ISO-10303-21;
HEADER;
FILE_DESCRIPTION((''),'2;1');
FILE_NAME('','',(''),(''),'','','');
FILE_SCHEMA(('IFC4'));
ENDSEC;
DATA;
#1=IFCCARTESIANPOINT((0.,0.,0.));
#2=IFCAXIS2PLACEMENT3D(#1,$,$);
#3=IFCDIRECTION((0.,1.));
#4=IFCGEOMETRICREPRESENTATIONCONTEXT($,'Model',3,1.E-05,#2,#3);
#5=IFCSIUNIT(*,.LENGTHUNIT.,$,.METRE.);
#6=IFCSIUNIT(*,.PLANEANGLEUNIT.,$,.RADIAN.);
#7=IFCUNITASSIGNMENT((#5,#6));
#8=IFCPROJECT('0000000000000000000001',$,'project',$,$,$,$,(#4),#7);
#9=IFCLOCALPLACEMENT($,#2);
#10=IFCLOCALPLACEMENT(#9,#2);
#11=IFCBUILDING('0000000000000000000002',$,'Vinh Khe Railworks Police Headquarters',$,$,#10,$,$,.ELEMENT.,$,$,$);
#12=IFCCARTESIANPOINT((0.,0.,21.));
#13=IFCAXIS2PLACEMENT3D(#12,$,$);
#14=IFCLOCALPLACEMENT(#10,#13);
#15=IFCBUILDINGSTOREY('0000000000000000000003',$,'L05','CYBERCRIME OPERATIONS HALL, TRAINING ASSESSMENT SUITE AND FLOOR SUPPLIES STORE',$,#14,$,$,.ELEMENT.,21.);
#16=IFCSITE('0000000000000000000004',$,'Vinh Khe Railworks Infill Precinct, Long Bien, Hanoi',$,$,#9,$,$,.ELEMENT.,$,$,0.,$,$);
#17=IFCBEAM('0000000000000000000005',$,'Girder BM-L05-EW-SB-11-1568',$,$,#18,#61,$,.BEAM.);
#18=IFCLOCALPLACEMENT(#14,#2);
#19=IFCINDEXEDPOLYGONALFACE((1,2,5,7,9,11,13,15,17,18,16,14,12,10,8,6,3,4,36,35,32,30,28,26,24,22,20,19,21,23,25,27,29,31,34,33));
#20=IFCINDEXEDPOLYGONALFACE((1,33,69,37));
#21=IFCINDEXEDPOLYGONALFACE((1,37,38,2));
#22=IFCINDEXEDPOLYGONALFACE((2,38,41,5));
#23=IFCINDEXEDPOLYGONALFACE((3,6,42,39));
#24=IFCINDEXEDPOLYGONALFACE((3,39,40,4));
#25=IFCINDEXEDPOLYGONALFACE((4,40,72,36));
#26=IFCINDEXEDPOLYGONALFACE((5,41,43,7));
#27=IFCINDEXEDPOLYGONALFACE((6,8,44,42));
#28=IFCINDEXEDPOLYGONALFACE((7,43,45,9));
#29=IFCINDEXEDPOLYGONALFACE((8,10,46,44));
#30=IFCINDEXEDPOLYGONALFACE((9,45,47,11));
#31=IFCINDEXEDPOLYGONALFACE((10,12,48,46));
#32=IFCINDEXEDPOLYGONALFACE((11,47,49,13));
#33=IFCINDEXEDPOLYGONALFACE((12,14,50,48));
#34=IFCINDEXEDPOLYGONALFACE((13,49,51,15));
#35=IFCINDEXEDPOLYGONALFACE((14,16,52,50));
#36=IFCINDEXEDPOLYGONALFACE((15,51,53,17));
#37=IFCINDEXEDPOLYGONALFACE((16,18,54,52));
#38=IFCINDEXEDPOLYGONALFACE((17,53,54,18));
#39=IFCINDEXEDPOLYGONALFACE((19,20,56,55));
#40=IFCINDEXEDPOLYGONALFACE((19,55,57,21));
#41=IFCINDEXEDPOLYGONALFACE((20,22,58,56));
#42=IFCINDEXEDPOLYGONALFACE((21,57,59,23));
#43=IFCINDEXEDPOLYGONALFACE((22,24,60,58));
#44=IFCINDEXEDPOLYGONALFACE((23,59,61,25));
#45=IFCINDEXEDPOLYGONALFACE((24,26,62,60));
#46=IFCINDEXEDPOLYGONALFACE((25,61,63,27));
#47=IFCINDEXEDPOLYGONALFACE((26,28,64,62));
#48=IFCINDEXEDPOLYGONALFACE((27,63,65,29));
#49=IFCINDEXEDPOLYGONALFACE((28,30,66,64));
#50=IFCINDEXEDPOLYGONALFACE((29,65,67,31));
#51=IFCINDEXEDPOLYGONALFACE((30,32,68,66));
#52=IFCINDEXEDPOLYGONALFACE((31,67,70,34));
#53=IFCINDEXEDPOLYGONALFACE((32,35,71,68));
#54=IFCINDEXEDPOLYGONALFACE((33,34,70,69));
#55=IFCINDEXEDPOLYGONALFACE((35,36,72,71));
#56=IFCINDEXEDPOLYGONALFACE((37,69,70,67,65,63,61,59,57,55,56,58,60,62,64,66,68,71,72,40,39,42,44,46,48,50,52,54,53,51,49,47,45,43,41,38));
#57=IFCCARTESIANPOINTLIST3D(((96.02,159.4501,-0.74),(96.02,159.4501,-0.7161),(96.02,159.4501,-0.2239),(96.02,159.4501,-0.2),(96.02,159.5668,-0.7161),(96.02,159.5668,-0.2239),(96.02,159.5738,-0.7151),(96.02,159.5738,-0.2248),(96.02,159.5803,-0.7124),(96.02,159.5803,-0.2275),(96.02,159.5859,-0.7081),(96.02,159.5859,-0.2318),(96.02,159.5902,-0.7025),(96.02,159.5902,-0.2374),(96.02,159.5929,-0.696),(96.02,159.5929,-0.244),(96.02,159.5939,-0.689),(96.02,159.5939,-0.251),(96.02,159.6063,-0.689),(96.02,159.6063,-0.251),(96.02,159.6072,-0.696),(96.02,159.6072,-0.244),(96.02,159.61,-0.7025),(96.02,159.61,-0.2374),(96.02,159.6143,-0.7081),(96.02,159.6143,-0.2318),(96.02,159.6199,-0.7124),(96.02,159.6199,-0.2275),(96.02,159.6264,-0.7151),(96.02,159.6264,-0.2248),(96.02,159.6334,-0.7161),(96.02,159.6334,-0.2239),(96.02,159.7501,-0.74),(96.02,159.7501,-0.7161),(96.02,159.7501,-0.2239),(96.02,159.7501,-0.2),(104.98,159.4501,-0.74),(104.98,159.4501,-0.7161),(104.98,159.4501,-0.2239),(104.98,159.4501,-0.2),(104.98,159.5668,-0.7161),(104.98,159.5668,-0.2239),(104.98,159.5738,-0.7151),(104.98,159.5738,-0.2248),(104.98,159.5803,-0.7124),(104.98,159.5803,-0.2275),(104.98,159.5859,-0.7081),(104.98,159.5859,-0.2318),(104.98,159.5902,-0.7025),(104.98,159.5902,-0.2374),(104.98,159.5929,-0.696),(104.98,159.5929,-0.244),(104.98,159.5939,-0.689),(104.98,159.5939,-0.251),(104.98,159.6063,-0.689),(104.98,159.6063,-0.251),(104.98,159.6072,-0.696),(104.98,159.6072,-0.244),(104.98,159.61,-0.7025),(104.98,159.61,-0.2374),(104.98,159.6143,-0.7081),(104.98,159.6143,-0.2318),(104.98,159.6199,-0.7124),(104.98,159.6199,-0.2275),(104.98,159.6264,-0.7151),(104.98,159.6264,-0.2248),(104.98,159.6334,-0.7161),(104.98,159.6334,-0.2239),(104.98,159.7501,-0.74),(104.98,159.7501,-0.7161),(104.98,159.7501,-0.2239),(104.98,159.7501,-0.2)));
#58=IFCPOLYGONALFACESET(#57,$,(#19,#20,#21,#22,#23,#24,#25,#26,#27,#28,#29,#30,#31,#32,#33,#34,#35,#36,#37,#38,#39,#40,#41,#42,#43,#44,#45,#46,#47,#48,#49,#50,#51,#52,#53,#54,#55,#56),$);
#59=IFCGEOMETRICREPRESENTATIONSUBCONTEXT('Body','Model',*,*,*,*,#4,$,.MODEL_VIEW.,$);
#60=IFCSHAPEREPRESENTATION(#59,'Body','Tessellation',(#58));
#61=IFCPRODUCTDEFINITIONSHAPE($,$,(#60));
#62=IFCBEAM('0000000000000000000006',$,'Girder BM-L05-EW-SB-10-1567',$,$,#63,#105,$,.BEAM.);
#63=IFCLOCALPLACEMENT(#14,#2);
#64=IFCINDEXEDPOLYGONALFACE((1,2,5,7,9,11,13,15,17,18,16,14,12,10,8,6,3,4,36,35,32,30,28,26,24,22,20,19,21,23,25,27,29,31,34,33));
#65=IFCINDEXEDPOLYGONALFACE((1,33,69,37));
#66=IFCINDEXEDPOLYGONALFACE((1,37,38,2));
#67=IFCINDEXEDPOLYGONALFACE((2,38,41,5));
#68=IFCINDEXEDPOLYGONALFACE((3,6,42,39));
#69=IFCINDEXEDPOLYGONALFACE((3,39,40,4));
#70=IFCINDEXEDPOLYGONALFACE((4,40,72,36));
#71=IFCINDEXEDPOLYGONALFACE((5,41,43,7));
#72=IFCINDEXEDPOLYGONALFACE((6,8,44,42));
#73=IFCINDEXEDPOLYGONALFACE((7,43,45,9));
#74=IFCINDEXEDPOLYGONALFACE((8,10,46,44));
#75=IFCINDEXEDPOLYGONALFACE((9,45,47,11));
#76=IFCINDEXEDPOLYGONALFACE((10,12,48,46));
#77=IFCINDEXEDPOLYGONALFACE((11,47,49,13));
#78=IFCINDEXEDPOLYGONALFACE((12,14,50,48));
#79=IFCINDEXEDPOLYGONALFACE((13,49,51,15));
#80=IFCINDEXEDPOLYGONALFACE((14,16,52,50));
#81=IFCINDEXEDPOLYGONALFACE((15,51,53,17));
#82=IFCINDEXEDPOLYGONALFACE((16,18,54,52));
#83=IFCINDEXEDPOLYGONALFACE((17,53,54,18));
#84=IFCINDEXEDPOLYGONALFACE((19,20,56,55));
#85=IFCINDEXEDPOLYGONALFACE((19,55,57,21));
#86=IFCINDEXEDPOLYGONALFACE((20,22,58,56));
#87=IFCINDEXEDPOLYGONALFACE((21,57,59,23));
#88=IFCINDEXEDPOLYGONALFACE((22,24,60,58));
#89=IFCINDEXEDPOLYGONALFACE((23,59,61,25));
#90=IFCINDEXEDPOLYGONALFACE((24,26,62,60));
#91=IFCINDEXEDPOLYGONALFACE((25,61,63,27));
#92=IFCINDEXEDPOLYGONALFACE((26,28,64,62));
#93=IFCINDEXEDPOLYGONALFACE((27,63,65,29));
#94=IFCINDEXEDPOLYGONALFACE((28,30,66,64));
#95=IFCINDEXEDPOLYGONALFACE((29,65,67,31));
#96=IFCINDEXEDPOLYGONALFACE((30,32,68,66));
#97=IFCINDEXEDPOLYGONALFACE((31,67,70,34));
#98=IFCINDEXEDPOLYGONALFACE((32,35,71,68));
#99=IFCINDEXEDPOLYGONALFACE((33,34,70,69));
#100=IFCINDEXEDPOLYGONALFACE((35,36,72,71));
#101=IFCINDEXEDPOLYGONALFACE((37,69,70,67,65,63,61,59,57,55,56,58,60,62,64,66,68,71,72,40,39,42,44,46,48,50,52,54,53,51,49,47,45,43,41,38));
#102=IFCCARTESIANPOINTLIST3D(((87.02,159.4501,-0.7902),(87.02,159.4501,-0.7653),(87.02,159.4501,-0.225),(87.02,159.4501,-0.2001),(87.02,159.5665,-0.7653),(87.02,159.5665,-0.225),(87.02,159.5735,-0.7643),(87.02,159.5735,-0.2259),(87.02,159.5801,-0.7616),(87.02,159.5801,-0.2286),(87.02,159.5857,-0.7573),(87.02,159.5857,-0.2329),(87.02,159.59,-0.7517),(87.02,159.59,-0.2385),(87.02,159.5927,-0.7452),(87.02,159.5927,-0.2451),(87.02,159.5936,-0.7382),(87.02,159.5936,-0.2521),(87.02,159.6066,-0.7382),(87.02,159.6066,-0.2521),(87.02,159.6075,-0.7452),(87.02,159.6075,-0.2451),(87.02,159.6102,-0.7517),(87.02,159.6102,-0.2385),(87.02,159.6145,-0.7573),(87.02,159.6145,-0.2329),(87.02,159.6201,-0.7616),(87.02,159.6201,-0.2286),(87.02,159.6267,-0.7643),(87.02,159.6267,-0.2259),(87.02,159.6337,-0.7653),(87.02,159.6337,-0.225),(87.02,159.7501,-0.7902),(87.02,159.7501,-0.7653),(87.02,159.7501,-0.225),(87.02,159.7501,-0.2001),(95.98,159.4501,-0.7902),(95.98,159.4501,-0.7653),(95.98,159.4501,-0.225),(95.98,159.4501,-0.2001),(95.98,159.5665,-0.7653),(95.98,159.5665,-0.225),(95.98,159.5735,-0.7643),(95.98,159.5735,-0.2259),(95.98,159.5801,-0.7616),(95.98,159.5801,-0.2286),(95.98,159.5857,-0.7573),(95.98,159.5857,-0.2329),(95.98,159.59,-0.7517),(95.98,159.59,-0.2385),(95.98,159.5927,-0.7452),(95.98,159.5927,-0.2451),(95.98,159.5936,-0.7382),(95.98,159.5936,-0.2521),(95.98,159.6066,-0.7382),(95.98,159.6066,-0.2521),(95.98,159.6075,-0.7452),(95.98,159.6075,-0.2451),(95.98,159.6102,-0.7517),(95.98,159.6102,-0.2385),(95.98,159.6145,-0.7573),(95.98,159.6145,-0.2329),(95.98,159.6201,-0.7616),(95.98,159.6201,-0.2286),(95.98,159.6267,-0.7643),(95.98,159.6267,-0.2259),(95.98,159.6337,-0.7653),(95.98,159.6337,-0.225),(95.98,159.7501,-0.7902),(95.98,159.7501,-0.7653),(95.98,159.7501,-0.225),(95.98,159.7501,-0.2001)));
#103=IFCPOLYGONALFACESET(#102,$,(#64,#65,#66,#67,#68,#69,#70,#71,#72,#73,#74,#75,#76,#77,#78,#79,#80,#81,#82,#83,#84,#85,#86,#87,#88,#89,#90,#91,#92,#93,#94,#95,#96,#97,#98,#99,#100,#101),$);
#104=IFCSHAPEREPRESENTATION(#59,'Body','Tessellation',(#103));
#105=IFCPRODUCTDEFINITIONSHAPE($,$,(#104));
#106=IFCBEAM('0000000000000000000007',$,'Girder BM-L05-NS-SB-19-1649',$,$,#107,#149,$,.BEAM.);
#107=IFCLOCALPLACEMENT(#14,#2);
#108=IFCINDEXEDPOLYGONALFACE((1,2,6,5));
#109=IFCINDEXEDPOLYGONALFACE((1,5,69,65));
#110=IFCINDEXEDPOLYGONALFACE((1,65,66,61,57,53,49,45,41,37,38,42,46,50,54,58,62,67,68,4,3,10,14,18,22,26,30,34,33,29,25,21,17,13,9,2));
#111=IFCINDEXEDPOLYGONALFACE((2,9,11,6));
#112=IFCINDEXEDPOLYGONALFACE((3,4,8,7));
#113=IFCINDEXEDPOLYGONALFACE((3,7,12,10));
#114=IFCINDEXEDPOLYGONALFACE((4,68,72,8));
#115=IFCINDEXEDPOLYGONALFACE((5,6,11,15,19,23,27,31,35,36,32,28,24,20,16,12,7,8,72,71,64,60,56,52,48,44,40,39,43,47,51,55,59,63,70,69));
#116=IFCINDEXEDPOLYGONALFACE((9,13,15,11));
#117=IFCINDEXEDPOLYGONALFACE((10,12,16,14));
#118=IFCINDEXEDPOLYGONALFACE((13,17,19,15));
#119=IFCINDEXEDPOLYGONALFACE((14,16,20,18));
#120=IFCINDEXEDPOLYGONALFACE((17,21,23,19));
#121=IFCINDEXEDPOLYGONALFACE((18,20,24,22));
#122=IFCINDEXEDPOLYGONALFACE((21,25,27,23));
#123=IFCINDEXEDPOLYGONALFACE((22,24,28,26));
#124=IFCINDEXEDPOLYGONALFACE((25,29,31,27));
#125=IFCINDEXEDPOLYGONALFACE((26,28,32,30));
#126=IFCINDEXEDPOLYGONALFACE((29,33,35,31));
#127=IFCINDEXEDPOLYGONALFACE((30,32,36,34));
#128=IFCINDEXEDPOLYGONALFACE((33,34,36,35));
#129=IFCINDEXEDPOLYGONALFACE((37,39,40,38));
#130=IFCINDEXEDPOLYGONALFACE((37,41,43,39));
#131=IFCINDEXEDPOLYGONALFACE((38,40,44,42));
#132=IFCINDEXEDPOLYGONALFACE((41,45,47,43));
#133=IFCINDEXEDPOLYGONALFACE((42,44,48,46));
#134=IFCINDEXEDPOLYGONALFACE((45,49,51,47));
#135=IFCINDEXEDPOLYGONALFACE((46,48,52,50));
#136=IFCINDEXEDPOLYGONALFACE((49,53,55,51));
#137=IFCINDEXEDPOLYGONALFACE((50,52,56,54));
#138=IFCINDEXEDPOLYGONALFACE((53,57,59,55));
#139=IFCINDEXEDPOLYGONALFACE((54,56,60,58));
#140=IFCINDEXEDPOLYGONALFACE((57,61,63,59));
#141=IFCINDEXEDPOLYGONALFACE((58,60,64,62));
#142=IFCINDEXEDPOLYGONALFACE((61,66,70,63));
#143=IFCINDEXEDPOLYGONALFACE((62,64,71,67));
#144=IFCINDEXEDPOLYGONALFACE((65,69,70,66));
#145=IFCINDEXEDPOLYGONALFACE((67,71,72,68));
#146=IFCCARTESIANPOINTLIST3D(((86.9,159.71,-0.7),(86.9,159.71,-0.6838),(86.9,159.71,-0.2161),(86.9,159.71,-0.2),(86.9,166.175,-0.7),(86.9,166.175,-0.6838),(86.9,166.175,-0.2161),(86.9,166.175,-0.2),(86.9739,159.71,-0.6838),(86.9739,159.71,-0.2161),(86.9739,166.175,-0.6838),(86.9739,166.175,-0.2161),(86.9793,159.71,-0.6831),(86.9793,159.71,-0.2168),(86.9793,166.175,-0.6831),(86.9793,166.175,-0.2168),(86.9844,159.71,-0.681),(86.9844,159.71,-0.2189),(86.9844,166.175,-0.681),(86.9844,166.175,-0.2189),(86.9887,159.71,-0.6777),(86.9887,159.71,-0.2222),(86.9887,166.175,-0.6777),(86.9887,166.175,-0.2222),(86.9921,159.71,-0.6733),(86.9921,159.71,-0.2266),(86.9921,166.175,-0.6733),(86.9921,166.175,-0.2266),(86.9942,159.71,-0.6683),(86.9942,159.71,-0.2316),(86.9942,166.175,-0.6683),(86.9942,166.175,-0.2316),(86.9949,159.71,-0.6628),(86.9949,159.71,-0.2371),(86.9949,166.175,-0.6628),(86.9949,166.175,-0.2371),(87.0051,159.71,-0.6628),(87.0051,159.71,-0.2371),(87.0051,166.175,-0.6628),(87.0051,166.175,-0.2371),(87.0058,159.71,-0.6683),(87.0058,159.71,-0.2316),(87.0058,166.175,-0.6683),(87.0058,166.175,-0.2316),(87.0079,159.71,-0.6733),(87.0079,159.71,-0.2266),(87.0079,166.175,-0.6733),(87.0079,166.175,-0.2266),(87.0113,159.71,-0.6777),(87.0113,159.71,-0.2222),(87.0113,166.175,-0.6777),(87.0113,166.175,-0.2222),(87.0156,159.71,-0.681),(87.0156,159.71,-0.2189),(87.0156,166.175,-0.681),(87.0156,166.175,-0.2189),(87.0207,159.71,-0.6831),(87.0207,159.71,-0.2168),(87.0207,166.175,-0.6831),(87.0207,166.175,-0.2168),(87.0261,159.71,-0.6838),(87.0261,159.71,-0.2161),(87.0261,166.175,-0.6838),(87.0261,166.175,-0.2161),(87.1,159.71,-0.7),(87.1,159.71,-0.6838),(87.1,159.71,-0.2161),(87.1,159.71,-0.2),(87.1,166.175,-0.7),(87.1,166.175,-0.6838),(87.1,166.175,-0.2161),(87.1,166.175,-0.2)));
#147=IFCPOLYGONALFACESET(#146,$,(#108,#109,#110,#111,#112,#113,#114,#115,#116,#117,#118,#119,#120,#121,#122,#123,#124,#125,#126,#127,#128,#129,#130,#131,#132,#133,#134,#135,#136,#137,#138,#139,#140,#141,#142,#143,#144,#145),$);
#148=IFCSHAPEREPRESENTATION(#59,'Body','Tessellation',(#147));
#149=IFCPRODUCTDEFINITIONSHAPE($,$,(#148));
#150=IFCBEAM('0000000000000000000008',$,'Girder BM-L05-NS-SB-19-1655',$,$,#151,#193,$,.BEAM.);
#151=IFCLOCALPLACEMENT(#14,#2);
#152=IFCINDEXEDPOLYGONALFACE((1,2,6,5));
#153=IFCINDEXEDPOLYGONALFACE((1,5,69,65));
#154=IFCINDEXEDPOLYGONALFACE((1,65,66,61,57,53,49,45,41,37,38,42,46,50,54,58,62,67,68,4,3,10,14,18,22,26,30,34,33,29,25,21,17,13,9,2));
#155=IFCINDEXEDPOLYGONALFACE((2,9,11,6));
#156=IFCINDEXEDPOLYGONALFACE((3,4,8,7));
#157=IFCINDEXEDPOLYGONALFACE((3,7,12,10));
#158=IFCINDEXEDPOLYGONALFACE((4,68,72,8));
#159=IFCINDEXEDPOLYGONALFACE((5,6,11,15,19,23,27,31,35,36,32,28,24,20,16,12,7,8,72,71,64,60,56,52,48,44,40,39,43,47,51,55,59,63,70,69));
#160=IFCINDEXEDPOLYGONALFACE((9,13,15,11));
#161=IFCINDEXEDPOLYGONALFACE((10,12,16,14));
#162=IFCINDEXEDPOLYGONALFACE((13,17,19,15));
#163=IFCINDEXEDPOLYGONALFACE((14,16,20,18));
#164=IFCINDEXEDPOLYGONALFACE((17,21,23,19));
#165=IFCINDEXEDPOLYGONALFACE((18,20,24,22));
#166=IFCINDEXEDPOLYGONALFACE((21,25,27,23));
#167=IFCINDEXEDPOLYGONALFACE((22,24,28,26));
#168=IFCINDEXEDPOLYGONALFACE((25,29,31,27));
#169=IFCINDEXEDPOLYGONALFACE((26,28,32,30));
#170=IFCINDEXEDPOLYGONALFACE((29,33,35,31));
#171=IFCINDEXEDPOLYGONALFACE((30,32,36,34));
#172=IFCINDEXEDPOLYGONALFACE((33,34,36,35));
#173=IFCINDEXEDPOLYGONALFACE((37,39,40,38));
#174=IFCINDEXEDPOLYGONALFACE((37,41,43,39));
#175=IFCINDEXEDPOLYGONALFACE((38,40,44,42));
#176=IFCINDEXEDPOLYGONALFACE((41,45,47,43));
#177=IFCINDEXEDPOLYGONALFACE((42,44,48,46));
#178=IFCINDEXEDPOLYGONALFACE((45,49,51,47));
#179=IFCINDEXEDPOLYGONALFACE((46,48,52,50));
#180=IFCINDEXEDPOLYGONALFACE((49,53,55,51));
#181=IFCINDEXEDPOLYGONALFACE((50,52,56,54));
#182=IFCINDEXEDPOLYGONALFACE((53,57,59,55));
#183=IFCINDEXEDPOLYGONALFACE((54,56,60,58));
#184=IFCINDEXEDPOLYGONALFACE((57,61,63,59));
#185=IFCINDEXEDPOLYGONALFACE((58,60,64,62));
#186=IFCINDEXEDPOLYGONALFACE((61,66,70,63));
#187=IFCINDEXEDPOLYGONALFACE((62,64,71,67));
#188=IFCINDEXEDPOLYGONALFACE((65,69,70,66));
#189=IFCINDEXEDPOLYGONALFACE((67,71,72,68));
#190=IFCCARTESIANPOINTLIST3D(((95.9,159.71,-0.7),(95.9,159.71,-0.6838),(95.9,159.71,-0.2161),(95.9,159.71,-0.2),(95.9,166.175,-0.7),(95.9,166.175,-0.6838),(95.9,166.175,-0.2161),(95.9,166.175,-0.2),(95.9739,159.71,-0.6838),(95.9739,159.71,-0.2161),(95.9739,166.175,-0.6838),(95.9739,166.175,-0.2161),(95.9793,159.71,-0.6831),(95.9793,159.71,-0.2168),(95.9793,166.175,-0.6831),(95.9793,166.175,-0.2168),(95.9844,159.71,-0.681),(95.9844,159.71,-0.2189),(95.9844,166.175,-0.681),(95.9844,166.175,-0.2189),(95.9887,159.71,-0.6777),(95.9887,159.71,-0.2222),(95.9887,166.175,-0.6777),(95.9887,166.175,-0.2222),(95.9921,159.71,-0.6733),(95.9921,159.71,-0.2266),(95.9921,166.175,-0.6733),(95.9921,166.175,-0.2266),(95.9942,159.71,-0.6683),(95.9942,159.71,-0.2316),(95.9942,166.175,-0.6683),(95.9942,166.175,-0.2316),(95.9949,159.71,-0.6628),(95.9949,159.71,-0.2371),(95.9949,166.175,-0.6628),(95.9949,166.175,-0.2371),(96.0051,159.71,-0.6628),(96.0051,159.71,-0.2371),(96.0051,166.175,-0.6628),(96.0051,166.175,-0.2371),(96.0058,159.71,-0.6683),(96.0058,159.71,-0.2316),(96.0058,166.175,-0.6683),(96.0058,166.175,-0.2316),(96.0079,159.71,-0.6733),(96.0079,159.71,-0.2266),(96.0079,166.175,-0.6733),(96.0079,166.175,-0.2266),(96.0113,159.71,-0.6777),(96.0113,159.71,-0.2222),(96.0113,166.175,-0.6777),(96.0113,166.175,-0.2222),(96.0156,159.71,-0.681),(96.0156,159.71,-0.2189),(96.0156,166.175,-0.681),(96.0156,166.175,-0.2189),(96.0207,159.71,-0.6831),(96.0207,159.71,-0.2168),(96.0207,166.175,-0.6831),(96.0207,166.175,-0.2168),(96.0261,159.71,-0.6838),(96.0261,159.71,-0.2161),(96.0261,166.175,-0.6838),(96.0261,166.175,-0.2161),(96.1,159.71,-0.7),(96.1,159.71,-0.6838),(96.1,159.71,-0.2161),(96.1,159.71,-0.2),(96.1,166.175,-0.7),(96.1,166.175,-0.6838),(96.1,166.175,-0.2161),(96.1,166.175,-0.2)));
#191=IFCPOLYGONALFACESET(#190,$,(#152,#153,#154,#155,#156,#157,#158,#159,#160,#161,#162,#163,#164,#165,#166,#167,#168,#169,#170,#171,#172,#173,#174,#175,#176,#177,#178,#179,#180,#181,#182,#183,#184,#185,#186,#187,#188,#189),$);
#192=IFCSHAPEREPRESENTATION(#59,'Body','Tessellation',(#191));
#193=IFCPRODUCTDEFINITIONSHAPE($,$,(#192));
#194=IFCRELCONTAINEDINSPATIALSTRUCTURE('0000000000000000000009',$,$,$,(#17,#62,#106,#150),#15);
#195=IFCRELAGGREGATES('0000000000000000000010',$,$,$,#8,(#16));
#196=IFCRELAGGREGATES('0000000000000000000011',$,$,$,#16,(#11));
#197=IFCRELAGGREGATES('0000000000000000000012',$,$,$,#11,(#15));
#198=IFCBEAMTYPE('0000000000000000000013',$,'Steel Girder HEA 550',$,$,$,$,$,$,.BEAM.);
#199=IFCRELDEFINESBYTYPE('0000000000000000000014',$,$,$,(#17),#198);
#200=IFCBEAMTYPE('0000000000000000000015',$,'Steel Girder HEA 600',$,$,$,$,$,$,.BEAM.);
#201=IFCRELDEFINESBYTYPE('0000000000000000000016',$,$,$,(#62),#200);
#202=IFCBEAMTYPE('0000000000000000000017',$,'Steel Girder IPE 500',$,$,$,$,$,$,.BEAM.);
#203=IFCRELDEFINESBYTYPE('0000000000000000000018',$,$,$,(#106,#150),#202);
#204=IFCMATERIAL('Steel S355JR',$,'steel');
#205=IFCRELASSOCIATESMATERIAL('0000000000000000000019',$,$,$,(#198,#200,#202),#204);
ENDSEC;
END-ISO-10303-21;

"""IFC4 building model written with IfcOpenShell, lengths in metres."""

from ifc_helpers import new_model, si_unit, direction, frame, origin, origin_2d, place, context, subcontext, project, spatial, i_section, extrude, material, material_profile, profile_set, type_object, element, save


model = new_model("IFC4")

# Units and contexts
model_context = context("Model", 3, precision=1e-05, world=origin(), true_north=direction((0.0, 1.0)))
body_context = subcontext(model_context, "Body", "Model", "MODEL_VIEW")
ifc_project = project(units=[si_unit("LENGTHUNIT", "METRE"), si_unit("PLANEANGLEUNIT", "RADIAN")], contexts=[model_context])

# Site, building, storey
site_placement = place(None, origin())
site = spatial("IfcSite", under=ifc_project, at=site_placement, Name="Vinh Khe Railworks Infill Precinct, Long Bien, Hanoi", CompositionType="ELEMENT", RefElevation=0.0)
building_placement = place(site_placement, origin())
building = spatial("IfcBuilding", under=site, at=building_placement, Name="Vinh Khe Railworks Police Headquarters", CompositionType="ELEMENT")
storey_placement = place(building_placement, frame((0.0, 0.0, 21.0)))
storey = spatial("IfcBuildingStorey", under=building, at=storey_placement, Name="L05", Description="CYBERCRIME OPERATIONS HALL, TRAINING ASSESSMENT SUITE AND FLOOR SUPPLIES STORE", CompositionType="ELEMENT", Elevation=21.0)

# Shared definitions
ifc_material_1 = material(Name="Steel S355JR", Category="steel")

# Beams
ifc_material_profile_1 = material_profile(ifc_material_1, i_section(OverallWidth=0.3, OverallDepth=0.54, WebThickness=0.0125, FlangeThickness=0.0239, FilletRadius=0.0271, at=origin_2d()), Name="HEA 550")
ifc_profile_set_1 = profile_set([ifc_material_profile_1], Name="Steel S355JR")
beam_type_1 = type_object("IfcBeamType", Name="Steel Girder HEA 550", PredefinedType="BEAM", material=ifc_profile_set_1)
beam_1_placement = place(storey_placement, frame((96.02, 159.6001, -0.47), z_axis=(1.0, 0.0, 0.0), x_axis=(0.0, 1.0, 0.0)))
element("IfcBeam", 1, at=beam_1_placement, inside=storey, type_object=beam_type_1, Name="Girder BM-L05-EW-SB-11-1568", PredefinedType="BEAM", context=body_context, shape_type="SweptSolid", body=[
    extrude(i_section(OverallWidth=0.3, OverallDepth=0.54, WebThickness=0.0125, FlangeThickness=0.0239, FilletRadius=0.0271, at=origin_2d()), origin(), (0.0, 0.0, 1.0), 8.96),
])
ifc_material_profile_2 = material_profile(ifc_material_1, i_section(OverallWidth=0.3, OverallDepth=0.5901, WebThickness=0.0129, FlangeThickness=0.0249, FilletRadius=0.0271, at=origin_2d()), Name="HEA 600")
ifc_profile_set_2 = profile_set([ifc_material_profile_2], Name="Steel S355JR")
beam_type_2 = type_object("IfcBeamType", Name="Steel Girder HEA 600", PredefinedType="BEAM", material=ifc_profile_set_2)
beam_2_placement = place(storey_placement, frame((87.02, 159.6001, -0.4951), z_axis=(1.0, 0.0, 0.0), x_axis=(0.0, 1.0, 0.0)))
element("IfcBeam", 2, at=beam_2_placement, inside=storey, type_object=beam_type_2, Name="Girder BM-L05-EW-SB-10-1567", PredefinedType="BEAM", context=body_context, shape_type="SweptSolid", body=[
    extrude(i_section(OverallWidth=0.3, OverallDepth=0.5901, WebThickness=0.0129, FlangeThickness=0.0249, FilletRadius=0.0271, at=origin_2d()), origin(), (0.0, 0.0, 1.0), 8.96),
])
ifc_material_profile_3 = material_profile(ifc_material_1, i_section(OverallWidth=0.2, OverallDepth=0.5, WebThickness=0.0103, FlangeThickness=0.0161, FilletRadius=0.021, at=origin_2d()), Name="IPE 500")
ifc_profile_set_3 = profile_set([ifc_material_profile_3], Name="Steel S355JR")
beam_type_3 = type_object("IfcBeamType", Name="Steel Girder IPE 500", PredefinedType="BEAM", material=ifc_profile_set_3)
for number, where, z_axis, x_axis, name in (
    (3, (87.0, 159.71, -0.45), (0.0, 1.0, 0.0), (-1.0, 0.0, 0.0), "Girder BM-L05-NS-SB-19-1649"),
    (4, (96.0, 159.71, -0.45), (0.0, 1.0, 0.0), (-1.0, 0.0, 0.0), "Girder BM-L05-NS-SB-19-1655"),
):
    element("IfcBeam", number, at=place(storey_placement, frame(where, z_axis=z_axis, x_axis=x_axis)), inside=storey, type_object=beam_type_3, Name=name, PredefinedType="BEAM", context=body_context, shape_type="SweptSolid", body=[
        extrude(i_section(OverallWidth=0.2, OverallDepth=0.5, WebThickness=0.0103, FlangeThickness=0.0161, FilletRadius=0.021, at=origin_2d()), origin(), (0.0, 0.0, 1.0), 6.4651),
    ])

save(model, "model.ifc")
